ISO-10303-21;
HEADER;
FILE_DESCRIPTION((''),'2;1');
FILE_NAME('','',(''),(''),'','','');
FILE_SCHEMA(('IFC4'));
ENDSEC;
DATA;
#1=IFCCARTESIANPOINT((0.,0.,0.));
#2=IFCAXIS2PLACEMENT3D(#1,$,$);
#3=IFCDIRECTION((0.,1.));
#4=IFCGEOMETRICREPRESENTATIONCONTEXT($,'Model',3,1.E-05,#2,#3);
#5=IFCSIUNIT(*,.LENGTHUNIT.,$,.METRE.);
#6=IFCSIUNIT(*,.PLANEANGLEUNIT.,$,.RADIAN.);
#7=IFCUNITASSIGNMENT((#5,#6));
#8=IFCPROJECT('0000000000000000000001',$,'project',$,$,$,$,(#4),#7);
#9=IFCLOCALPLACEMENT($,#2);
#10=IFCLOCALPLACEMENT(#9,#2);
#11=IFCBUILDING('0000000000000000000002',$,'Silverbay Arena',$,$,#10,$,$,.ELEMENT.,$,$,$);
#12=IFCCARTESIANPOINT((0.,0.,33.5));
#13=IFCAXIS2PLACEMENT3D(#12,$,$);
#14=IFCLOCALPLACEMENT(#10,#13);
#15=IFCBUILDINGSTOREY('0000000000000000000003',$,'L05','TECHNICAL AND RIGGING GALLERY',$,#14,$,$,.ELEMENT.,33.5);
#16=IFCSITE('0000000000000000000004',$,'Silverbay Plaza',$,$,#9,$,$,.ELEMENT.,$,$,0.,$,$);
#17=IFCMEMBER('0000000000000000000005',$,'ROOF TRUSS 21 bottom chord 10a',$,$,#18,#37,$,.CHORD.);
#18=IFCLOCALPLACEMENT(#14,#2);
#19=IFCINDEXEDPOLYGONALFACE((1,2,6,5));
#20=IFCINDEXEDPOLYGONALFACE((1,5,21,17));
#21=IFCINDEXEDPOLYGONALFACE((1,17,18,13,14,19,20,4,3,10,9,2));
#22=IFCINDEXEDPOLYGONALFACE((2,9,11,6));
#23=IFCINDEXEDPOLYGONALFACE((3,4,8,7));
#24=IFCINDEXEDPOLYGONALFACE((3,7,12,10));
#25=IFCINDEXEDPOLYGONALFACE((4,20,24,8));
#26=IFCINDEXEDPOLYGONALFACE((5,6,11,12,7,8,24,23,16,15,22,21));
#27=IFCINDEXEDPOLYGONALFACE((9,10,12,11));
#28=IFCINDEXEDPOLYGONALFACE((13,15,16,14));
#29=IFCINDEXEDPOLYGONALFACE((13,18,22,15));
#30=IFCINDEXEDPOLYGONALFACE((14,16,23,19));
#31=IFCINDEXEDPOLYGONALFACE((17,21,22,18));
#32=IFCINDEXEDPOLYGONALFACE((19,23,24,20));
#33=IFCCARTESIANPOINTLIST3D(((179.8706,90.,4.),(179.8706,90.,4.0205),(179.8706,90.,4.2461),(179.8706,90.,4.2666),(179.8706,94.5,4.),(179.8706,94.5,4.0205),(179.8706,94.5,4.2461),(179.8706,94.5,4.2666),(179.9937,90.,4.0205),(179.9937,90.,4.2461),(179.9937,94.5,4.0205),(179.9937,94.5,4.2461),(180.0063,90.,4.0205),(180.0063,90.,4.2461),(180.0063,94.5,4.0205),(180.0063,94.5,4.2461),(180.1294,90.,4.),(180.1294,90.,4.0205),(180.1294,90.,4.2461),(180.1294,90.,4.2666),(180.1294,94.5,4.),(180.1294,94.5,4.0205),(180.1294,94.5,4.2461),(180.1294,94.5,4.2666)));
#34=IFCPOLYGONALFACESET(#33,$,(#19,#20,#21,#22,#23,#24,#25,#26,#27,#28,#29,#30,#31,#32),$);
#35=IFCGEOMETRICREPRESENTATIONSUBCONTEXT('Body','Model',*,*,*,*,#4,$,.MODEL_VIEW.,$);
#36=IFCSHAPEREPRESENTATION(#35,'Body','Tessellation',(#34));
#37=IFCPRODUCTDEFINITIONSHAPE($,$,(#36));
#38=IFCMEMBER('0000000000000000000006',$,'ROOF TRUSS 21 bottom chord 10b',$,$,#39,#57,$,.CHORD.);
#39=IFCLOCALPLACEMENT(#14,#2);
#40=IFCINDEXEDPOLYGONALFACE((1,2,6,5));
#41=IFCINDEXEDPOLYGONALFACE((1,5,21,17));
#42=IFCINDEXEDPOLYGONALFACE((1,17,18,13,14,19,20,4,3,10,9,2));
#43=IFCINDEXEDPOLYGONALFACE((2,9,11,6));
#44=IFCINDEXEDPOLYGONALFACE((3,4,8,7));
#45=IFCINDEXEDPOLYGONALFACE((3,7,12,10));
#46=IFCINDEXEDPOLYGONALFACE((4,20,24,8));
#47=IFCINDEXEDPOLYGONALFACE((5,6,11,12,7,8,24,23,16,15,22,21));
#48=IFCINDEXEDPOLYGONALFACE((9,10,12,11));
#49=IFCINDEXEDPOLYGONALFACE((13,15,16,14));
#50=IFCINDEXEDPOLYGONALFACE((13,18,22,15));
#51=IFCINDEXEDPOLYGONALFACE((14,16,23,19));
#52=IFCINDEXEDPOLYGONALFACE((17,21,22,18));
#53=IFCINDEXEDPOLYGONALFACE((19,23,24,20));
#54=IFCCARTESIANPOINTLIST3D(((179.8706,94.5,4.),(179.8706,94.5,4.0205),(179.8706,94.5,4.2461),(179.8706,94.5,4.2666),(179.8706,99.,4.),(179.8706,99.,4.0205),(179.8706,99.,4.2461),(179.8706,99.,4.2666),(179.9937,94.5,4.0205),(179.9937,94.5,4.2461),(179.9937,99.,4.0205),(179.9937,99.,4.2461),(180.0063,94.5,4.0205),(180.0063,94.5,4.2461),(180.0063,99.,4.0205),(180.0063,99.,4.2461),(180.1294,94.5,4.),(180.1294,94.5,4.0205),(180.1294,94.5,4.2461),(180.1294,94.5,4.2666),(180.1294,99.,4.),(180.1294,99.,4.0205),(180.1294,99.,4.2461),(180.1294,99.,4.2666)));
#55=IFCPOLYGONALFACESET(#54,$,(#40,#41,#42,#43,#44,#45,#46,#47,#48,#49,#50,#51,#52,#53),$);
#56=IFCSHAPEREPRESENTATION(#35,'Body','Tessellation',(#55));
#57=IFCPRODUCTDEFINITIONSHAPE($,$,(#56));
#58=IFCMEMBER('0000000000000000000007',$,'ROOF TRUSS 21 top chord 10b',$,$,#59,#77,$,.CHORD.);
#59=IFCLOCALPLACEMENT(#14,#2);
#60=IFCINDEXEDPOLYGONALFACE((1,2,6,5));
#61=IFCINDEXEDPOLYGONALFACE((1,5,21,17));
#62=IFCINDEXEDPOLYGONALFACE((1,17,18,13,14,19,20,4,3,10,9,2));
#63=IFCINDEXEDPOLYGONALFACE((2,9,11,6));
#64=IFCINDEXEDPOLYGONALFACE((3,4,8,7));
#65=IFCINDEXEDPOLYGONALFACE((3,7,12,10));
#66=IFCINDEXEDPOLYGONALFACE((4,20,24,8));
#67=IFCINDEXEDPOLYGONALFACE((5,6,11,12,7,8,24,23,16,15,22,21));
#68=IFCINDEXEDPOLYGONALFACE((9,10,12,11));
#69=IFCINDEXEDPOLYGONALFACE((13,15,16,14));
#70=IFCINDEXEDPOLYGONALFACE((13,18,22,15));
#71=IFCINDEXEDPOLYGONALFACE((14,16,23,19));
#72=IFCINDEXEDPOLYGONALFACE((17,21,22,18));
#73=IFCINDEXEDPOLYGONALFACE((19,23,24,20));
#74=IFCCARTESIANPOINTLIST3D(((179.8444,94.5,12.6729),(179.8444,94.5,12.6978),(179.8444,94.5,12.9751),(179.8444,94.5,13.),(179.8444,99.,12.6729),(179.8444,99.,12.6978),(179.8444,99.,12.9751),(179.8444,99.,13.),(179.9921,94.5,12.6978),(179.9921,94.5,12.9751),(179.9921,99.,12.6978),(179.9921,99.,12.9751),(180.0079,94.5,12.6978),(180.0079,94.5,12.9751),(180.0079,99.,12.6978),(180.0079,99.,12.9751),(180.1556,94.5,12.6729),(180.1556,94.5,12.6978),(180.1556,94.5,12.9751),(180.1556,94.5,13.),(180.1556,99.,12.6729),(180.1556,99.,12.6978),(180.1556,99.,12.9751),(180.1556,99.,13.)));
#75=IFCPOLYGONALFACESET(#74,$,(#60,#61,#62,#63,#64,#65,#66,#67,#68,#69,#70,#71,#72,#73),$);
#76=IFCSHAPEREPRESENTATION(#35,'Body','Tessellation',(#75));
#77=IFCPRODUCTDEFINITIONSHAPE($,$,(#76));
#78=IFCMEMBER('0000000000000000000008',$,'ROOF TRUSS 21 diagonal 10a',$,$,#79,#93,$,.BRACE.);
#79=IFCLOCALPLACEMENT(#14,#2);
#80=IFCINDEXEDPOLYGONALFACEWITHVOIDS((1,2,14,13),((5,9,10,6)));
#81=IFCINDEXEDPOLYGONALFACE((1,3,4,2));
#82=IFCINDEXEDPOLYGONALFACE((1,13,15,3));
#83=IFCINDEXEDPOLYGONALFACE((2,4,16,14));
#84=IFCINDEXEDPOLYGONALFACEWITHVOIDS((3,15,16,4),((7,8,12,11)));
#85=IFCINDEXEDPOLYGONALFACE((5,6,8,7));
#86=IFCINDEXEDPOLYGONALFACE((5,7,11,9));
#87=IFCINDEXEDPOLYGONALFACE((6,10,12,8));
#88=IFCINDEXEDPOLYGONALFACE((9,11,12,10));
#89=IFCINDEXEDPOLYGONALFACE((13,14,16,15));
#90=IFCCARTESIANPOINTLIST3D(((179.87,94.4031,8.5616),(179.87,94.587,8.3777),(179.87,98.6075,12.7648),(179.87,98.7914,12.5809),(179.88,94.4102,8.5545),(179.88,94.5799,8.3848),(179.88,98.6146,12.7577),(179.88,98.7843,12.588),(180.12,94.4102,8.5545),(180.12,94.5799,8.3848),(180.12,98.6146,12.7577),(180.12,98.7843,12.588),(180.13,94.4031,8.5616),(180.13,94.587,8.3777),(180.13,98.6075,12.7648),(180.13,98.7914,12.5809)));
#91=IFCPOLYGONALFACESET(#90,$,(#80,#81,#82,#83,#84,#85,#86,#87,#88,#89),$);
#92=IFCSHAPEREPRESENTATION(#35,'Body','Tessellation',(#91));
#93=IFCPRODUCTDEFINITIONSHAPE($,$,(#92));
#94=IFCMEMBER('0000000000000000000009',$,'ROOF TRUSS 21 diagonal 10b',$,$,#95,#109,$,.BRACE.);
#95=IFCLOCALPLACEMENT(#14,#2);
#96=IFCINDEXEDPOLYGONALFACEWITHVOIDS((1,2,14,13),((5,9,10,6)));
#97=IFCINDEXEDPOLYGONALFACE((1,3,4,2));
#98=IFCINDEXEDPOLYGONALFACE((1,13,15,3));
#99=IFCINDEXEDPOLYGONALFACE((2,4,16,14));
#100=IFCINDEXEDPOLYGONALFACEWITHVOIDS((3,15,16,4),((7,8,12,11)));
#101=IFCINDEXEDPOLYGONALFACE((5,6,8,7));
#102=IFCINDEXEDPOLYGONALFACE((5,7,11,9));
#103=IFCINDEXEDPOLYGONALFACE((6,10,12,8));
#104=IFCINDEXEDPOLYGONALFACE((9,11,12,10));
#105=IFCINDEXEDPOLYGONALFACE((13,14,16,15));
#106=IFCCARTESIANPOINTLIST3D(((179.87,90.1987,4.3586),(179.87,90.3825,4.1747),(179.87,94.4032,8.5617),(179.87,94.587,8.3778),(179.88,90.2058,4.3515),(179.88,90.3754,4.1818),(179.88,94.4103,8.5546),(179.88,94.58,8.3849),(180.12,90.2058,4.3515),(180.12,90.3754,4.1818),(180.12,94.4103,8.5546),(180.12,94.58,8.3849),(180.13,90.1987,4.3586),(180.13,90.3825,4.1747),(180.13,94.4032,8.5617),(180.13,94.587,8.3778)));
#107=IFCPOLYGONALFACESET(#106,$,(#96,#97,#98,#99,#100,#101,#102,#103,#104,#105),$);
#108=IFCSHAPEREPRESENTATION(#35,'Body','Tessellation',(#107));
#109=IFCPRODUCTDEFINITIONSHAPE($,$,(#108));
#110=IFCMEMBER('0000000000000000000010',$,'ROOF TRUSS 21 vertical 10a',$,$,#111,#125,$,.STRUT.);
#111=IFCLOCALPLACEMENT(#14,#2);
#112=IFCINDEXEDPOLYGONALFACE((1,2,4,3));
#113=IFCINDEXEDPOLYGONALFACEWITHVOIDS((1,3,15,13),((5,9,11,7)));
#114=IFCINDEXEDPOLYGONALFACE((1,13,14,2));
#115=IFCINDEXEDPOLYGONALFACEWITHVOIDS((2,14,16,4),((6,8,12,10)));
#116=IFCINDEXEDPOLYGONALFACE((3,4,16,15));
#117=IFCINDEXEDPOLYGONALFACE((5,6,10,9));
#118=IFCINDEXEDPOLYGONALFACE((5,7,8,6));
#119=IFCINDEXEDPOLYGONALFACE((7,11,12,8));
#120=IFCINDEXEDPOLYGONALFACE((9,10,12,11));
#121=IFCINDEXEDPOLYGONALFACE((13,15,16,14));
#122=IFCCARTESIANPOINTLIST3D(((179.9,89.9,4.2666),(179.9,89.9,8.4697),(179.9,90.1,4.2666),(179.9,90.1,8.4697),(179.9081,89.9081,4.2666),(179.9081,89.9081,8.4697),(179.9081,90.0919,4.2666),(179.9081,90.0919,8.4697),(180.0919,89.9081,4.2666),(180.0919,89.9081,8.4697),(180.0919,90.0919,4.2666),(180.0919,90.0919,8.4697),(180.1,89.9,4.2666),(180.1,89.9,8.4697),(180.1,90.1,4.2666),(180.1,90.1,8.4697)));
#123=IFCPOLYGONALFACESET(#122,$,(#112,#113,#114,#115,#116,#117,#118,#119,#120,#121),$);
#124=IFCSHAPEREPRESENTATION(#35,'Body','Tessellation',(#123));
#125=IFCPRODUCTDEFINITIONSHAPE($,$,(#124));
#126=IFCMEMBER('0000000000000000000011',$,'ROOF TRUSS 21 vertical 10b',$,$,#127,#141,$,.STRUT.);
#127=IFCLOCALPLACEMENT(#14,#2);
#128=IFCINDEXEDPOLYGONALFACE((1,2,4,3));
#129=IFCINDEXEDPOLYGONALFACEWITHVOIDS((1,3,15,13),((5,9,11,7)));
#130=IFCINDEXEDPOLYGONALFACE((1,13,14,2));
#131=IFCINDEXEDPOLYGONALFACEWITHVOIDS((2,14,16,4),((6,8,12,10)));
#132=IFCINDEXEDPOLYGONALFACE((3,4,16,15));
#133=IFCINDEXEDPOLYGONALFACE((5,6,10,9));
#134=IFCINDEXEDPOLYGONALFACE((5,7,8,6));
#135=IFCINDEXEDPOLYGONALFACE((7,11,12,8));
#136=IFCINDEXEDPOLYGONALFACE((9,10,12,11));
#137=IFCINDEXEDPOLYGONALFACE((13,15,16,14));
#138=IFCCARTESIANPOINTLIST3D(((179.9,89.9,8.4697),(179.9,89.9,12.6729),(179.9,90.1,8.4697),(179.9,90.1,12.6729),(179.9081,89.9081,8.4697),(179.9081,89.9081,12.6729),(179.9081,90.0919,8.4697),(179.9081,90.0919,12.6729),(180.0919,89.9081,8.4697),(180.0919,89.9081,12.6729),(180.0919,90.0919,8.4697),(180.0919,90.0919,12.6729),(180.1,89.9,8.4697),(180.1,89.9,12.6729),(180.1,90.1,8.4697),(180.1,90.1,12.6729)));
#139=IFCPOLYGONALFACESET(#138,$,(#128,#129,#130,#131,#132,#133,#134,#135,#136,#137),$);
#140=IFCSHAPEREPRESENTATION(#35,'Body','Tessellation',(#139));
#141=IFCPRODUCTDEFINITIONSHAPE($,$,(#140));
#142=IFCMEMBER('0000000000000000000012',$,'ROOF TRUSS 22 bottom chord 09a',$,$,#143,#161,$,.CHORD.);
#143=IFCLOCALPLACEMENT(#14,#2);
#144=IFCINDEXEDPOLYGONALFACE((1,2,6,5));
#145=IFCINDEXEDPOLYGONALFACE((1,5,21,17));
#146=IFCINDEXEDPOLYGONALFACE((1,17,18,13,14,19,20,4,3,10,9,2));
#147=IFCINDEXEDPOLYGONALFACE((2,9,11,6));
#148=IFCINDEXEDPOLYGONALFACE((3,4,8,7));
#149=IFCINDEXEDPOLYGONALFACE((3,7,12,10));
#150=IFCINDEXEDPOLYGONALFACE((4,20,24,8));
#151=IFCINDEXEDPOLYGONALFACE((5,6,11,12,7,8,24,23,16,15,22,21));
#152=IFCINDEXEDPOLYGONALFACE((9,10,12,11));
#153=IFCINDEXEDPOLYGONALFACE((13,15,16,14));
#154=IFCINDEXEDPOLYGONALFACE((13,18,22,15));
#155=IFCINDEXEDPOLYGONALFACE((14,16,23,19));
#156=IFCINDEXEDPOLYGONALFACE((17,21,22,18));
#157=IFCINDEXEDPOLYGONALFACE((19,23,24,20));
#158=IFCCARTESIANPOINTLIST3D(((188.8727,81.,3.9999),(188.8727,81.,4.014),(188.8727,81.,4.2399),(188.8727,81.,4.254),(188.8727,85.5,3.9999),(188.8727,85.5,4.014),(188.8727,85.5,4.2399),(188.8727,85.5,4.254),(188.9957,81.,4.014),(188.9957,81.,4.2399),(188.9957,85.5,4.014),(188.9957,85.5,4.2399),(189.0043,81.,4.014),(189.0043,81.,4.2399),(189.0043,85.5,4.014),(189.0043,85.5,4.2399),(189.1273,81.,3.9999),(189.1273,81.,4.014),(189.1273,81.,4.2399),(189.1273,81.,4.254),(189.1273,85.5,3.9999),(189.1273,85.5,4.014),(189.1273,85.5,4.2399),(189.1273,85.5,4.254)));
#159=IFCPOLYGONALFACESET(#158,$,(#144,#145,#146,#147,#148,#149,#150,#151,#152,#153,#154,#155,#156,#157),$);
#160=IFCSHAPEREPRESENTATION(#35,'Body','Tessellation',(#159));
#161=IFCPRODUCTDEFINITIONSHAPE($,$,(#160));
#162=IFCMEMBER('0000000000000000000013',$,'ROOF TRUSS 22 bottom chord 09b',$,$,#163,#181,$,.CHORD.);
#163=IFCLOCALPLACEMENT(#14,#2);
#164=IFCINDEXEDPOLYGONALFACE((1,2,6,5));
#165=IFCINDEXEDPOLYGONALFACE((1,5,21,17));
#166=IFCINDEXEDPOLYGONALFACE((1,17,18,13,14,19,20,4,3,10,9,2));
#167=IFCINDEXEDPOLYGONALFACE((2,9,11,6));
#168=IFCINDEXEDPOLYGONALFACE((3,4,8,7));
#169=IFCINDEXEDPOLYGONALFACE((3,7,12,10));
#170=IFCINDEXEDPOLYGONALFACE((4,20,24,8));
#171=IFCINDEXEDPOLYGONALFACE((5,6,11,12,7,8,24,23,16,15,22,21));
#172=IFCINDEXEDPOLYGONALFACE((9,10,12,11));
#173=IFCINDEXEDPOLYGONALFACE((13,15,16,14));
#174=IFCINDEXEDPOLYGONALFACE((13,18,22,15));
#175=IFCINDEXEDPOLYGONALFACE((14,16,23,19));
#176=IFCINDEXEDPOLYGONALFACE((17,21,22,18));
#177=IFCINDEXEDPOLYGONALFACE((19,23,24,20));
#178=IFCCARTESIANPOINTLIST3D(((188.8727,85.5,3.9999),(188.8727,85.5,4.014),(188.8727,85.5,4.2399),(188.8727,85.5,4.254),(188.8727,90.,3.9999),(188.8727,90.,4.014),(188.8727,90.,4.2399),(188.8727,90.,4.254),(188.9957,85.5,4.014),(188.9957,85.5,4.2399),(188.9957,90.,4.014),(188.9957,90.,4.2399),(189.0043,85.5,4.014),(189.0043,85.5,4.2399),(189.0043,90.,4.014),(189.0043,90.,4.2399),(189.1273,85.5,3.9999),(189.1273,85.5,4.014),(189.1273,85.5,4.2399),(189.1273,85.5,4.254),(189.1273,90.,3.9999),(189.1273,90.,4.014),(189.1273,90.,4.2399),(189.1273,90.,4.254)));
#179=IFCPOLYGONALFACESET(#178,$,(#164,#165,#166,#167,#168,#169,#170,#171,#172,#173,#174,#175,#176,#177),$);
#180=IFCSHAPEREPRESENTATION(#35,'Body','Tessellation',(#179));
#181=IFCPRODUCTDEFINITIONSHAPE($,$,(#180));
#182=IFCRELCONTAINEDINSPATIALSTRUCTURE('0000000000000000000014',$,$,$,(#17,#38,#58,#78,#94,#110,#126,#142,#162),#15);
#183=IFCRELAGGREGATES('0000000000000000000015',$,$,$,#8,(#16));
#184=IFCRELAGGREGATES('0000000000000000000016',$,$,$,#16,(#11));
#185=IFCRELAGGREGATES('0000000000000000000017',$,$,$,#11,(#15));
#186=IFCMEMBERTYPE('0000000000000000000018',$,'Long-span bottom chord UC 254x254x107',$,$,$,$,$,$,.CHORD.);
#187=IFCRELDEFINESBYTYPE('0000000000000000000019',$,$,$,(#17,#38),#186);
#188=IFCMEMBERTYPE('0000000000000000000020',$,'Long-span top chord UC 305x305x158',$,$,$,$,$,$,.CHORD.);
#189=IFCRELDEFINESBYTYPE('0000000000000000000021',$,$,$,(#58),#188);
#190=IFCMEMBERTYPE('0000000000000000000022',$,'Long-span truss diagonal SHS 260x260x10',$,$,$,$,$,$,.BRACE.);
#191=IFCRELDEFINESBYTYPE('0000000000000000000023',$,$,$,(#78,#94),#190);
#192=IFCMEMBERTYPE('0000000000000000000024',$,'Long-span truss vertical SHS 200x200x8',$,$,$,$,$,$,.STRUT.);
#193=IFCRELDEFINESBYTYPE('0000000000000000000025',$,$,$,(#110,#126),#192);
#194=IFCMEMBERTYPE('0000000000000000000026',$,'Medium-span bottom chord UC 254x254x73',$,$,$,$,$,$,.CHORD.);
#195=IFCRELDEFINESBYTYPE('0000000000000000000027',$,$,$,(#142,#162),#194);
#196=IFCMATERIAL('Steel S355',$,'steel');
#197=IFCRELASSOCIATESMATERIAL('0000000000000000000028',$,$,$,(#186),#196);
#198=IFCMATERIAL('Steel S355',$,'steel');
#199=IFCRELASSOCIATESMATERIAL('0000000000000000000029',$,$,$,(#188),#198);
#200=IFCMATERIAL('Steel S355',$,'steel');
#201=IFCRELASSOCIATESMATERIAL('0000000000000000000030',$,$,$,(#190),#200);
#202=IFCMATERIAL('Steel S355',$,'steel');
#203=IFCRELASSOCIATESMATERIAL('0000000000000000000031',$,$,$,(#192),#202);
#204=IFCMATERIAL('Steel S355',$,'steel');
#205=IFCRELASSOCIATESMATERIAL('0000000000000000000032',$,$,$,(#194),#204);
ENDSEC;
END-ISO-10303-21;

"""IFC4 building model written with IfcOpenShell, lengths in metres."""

from ifc_helpers import new_model, si_unit, direction, frame, origin, origin_2d, place, context, subcontext, project, spatial, hollow_rectangle, i_section, extrude, material, material_profile, profile_set, type_object, element, save


model = new_model("IFC4")

# Units and contexts
model_context = context("Model", 3, precision=1e-05, world=origin(), true_north=direction((0.0, 1.0)))
body_context = subcontext(model_context, "Body", "Model", "MODEL_VIEW")
ifc_project = project(units=[si_unit("LENGTHUNIT", "METRE"), si_unit("PLANEANGLEUNIT", "RADIAN")], contexts=[model_context])

# Site, building, storey
site_placement = place(None, origin())
site = spatial("IfcSite", under=ifc_project, at=site_placement, Name="Silverbay Plaza", CompositionType="ELEMENT", RefElevation=0.0)
building_placement = place(site_placement, origin())
building = spatial("IfcBuilding", under=site, at=building_placement, Name="Silverbay Arena", CompositionType="ELEMENT")
storey_placement = place(building_placement, frame((0.0, 0.0, 33.5)))
storey = spatial("IfcBuildingStorey", under=building, at=storey_placement, Name="L05", Description="TECHNICAL AND RIGGING GALLERY", CompositionType="ELEMENT", Elevation=33.5)

# Members
ifc_material_1 = material(Name="Steel S355", Category="steel")
ifc_material_profile_1 = material_profile(ifc_material_1, i_section(OverallWidth=0.2588, OverallDepth=0.2666, WebThickness=0.0127, FlangeThickness=0.0205, at=origin_2d()), Name="UC 254x254x107")
ifc_profile_set_1 = profile_set([ifc_material_profile_1], Name="Steel S355")
member_type_1 = type_object("IfcMemberType", Name="Long-span bottom chord UC 254x254x107", PredefinedType="CHORD", material=ifc_profile_set_1)
for number, where, z_axis, x_axis, name in (
    (1, (180.0, 90.0, 4.1333), (0.0, 1.0, 0.0), (-1.0, 0.0, 0.0), "ROOF TRUSS 21 bottom chord 10a"),
    (2, (180.0, 94.5, 4.1333), (0.0, 1.0, 0.0), (-1.0, 0.0, 0.0), "ROOF TRUSS 21 bottom chord 10b"),
):
    element("IfcMember", number, at=place(storey_placement, frame(where, z_axis=z_axis, x_axis=x_axis)), inside=storey, type_object=member_type_1, Name=name, PredefinedType="CHORD", context=body_context, shape_type="SweptSolid", body=[
        extrude(i_section(OverallWidth=0.2588, OverallDepth=0.2666, WebThickness=0.0127, FlangeThickness=0.0205, at=origin_2d()), origin(), (0.0, 0.0, 1.0), 4.5),
    ])
ifc_material_2 = material(Name="Steel S355", Category="steel")
ifc_material_profile_2 = material_profile(ifc_material_2, i_section(OverallWidth=0.3113, OverallDepth=0.3271, WebThickness=0.0159, FlangeThickness=0.0249, at=origin_2d()), Name="UC 305x305x158")
ifc_profile_set_2 = profile_set([ifc_material_profile_2], Name="Steel S355")
member_type_2 = type_object("IfcMemberType", Name="Long-span top chord UC 305x305x158", PredefinedType="CHORD", material=ifc_profile_set_2)
member_1_placement = place(storey_placement, frame((180.0, 94.5, 12.8364), z_axis=(0.0, 1.0, 0.0), x_axis=(-1.0, 0.0, 0.0)))
element("IfcMember", 3, at=member_1_placement, inside=storey, type_object=member_type_2, Name="ROOF TRUSS 21 top chord 10b", PredefinedType="CHORD", context=body_context, shape_type="SweptSolid", body=[
    extrude(i_section(OverallWidth=0.3113, OverallDepth=0.3271, WebThickness=0.0159, FlangeThickness=0.0249, at=origin_2d()), origin(), (0.0, 0.0, 1.0), 4.5),
])
ifc_material_3 = material(Name="Steel S355", Category="steel")
ifc_material_profile_3 = material_profile(ifc_material_3, hollow_rectangle(XDim=0.26, YDim=0.26, WallThickness=0.01, at=origin_2d()), Name="SHS 260x260x10")
ifc_profile_set_3 = profile_set([ifc_material_profile_3], Name="Steel S355")
member_type_3 = type_object("IfcMemberType", Name="Long-span truss diagonal SHS 260x260x10", PredefinedType="BRACE", material=ifc_profile_set_3)
for number, where, z_axis, x_axis, name in (
    (4, (180.0, 98.6995, 12.6729), (0.0, -0.707209, -0.707004), (1.0, 0.0, 0.0), "ROOF TRUSS 21 diagonal 10a"),
    (5, (180.0, 94.4951, 8.4697), (0.0, -0.70723, -0.706984), (1.0, 0.0, 0.0), "ROOF TRUSS 21 diagonal 10b"),
):
    element("IfcMember", number, at=place(storey_placement, frame(where, z_axis=z_axis, x_axis=x_axis)), inside=storey, type_object=member_type_3, Name=name, PredefinedType="BRACE", context=body_context, shape_type="SweptSolid", body=[
        extrude(hollow_rectangle(XDim=0.26, YDim=0.26, WallThickness=0.01, at=origin_2d()), origin(), (0.0, 0.0, 1.0), 5.9451),
    ])
ifc_material_4 = material(Name="Steel S355", Category="steel")
ifc_material_profile_4 = material_profile(ifc_material_4, hollow_rectangle(XDim=0.2, YDim=0.2, WallThickness=0.0081, at=origin_2d()), Name="SHS 200x200x8")
ifc_profile_set_4 = profile_set([ifc_material_profile_4], Name="Steel S355")
member_type_4 = type_object("IfcMemberType", Name="Long-span truss vertical SHS 200x200x8", PredefinedType="STRUT", material=ifc_profile_set_4)
for number, where, z_axis, x_axis, name in (
    (6, (180.0, 90.0, 4.2666), (0.0, 0.0, 1.0), (1.0, 0.0, 0.0), "ROOF TRUSS 21 vertical 10a"),
    (7, (180.0, 90.0, 8.4697), (0.0, 0.0, 1.0), (1.0, 0.0, 0.0), "ROOF TRUSS 21 vertical 10b"),
):
    element("IfcMember", number, at=place(storey_placement, frame(where, z_axis=z_axis, x_axis=x_axis)), inside=storey, type_object=member_type_4, Name=name, PredefinedType="STRUT", context=body_context, shape_type="SweptSolid", body=[
        extrude(hollow_rectangle(XDim=0.2, YDim=0.2, WallThickness=0.0081, at=origin_2d()), origin(), (0.0, 0.0, 1.0), 4.2031),
    ])
ifc_material_5 = material(Name="Steel S355", Category="steel")
ifc_material_profile_5 = material_profile(ifc_material_5, i_section(OverallWidth=0.2546, OverallDepth=0.2542, WebThickness=0.0085, FlangeThickness=0.0142, at=origin_2d()), Name="UC 254x254x73")
ifc_profile_set_5 = profile_set([ifc_material_profile_5], Name="Steel S355")
member_type_5 = type_object("IfcMemberType", Name="Medium-span bottom chord UC 254x254x73", PredefinedType="CHORD", material=ifc_profile_set_5)
for number, where, z_axis, x_axis, name in (
    (8, (189.0, 81.0, 4.127), (0.0, 1.0, 0.0), (-1.0, 0.0, 0.0), "ROOF TRUSS 22 bottom chord 09a"),
    (9, (189.0, 85.5, 4.127), (0.0, 1.0, 0.0), (-1.0, 0.0, 0.0), "ROOF TRUSS 22 bottom chord 09b"),
):
    element("IfcMember", number, at=place(storey_placement, frame(where, z_axis=z_axis, x_axis=x_axis)), inside=storey, type_object=member_type_5, Name=name, PredefinedType="CHORD", context=body_context, shape_type="SweptSolid", body=[
        extrude(i_section(OverallWidth=0.2546, OverallDepth=0.2542, WebThickness=0.0085, FlangeThickness=0.0142, at=origin_2d()), origin(), (0.0, 0.0, 1.0), 4.5),
    ])

save(model, "model.ifc")
